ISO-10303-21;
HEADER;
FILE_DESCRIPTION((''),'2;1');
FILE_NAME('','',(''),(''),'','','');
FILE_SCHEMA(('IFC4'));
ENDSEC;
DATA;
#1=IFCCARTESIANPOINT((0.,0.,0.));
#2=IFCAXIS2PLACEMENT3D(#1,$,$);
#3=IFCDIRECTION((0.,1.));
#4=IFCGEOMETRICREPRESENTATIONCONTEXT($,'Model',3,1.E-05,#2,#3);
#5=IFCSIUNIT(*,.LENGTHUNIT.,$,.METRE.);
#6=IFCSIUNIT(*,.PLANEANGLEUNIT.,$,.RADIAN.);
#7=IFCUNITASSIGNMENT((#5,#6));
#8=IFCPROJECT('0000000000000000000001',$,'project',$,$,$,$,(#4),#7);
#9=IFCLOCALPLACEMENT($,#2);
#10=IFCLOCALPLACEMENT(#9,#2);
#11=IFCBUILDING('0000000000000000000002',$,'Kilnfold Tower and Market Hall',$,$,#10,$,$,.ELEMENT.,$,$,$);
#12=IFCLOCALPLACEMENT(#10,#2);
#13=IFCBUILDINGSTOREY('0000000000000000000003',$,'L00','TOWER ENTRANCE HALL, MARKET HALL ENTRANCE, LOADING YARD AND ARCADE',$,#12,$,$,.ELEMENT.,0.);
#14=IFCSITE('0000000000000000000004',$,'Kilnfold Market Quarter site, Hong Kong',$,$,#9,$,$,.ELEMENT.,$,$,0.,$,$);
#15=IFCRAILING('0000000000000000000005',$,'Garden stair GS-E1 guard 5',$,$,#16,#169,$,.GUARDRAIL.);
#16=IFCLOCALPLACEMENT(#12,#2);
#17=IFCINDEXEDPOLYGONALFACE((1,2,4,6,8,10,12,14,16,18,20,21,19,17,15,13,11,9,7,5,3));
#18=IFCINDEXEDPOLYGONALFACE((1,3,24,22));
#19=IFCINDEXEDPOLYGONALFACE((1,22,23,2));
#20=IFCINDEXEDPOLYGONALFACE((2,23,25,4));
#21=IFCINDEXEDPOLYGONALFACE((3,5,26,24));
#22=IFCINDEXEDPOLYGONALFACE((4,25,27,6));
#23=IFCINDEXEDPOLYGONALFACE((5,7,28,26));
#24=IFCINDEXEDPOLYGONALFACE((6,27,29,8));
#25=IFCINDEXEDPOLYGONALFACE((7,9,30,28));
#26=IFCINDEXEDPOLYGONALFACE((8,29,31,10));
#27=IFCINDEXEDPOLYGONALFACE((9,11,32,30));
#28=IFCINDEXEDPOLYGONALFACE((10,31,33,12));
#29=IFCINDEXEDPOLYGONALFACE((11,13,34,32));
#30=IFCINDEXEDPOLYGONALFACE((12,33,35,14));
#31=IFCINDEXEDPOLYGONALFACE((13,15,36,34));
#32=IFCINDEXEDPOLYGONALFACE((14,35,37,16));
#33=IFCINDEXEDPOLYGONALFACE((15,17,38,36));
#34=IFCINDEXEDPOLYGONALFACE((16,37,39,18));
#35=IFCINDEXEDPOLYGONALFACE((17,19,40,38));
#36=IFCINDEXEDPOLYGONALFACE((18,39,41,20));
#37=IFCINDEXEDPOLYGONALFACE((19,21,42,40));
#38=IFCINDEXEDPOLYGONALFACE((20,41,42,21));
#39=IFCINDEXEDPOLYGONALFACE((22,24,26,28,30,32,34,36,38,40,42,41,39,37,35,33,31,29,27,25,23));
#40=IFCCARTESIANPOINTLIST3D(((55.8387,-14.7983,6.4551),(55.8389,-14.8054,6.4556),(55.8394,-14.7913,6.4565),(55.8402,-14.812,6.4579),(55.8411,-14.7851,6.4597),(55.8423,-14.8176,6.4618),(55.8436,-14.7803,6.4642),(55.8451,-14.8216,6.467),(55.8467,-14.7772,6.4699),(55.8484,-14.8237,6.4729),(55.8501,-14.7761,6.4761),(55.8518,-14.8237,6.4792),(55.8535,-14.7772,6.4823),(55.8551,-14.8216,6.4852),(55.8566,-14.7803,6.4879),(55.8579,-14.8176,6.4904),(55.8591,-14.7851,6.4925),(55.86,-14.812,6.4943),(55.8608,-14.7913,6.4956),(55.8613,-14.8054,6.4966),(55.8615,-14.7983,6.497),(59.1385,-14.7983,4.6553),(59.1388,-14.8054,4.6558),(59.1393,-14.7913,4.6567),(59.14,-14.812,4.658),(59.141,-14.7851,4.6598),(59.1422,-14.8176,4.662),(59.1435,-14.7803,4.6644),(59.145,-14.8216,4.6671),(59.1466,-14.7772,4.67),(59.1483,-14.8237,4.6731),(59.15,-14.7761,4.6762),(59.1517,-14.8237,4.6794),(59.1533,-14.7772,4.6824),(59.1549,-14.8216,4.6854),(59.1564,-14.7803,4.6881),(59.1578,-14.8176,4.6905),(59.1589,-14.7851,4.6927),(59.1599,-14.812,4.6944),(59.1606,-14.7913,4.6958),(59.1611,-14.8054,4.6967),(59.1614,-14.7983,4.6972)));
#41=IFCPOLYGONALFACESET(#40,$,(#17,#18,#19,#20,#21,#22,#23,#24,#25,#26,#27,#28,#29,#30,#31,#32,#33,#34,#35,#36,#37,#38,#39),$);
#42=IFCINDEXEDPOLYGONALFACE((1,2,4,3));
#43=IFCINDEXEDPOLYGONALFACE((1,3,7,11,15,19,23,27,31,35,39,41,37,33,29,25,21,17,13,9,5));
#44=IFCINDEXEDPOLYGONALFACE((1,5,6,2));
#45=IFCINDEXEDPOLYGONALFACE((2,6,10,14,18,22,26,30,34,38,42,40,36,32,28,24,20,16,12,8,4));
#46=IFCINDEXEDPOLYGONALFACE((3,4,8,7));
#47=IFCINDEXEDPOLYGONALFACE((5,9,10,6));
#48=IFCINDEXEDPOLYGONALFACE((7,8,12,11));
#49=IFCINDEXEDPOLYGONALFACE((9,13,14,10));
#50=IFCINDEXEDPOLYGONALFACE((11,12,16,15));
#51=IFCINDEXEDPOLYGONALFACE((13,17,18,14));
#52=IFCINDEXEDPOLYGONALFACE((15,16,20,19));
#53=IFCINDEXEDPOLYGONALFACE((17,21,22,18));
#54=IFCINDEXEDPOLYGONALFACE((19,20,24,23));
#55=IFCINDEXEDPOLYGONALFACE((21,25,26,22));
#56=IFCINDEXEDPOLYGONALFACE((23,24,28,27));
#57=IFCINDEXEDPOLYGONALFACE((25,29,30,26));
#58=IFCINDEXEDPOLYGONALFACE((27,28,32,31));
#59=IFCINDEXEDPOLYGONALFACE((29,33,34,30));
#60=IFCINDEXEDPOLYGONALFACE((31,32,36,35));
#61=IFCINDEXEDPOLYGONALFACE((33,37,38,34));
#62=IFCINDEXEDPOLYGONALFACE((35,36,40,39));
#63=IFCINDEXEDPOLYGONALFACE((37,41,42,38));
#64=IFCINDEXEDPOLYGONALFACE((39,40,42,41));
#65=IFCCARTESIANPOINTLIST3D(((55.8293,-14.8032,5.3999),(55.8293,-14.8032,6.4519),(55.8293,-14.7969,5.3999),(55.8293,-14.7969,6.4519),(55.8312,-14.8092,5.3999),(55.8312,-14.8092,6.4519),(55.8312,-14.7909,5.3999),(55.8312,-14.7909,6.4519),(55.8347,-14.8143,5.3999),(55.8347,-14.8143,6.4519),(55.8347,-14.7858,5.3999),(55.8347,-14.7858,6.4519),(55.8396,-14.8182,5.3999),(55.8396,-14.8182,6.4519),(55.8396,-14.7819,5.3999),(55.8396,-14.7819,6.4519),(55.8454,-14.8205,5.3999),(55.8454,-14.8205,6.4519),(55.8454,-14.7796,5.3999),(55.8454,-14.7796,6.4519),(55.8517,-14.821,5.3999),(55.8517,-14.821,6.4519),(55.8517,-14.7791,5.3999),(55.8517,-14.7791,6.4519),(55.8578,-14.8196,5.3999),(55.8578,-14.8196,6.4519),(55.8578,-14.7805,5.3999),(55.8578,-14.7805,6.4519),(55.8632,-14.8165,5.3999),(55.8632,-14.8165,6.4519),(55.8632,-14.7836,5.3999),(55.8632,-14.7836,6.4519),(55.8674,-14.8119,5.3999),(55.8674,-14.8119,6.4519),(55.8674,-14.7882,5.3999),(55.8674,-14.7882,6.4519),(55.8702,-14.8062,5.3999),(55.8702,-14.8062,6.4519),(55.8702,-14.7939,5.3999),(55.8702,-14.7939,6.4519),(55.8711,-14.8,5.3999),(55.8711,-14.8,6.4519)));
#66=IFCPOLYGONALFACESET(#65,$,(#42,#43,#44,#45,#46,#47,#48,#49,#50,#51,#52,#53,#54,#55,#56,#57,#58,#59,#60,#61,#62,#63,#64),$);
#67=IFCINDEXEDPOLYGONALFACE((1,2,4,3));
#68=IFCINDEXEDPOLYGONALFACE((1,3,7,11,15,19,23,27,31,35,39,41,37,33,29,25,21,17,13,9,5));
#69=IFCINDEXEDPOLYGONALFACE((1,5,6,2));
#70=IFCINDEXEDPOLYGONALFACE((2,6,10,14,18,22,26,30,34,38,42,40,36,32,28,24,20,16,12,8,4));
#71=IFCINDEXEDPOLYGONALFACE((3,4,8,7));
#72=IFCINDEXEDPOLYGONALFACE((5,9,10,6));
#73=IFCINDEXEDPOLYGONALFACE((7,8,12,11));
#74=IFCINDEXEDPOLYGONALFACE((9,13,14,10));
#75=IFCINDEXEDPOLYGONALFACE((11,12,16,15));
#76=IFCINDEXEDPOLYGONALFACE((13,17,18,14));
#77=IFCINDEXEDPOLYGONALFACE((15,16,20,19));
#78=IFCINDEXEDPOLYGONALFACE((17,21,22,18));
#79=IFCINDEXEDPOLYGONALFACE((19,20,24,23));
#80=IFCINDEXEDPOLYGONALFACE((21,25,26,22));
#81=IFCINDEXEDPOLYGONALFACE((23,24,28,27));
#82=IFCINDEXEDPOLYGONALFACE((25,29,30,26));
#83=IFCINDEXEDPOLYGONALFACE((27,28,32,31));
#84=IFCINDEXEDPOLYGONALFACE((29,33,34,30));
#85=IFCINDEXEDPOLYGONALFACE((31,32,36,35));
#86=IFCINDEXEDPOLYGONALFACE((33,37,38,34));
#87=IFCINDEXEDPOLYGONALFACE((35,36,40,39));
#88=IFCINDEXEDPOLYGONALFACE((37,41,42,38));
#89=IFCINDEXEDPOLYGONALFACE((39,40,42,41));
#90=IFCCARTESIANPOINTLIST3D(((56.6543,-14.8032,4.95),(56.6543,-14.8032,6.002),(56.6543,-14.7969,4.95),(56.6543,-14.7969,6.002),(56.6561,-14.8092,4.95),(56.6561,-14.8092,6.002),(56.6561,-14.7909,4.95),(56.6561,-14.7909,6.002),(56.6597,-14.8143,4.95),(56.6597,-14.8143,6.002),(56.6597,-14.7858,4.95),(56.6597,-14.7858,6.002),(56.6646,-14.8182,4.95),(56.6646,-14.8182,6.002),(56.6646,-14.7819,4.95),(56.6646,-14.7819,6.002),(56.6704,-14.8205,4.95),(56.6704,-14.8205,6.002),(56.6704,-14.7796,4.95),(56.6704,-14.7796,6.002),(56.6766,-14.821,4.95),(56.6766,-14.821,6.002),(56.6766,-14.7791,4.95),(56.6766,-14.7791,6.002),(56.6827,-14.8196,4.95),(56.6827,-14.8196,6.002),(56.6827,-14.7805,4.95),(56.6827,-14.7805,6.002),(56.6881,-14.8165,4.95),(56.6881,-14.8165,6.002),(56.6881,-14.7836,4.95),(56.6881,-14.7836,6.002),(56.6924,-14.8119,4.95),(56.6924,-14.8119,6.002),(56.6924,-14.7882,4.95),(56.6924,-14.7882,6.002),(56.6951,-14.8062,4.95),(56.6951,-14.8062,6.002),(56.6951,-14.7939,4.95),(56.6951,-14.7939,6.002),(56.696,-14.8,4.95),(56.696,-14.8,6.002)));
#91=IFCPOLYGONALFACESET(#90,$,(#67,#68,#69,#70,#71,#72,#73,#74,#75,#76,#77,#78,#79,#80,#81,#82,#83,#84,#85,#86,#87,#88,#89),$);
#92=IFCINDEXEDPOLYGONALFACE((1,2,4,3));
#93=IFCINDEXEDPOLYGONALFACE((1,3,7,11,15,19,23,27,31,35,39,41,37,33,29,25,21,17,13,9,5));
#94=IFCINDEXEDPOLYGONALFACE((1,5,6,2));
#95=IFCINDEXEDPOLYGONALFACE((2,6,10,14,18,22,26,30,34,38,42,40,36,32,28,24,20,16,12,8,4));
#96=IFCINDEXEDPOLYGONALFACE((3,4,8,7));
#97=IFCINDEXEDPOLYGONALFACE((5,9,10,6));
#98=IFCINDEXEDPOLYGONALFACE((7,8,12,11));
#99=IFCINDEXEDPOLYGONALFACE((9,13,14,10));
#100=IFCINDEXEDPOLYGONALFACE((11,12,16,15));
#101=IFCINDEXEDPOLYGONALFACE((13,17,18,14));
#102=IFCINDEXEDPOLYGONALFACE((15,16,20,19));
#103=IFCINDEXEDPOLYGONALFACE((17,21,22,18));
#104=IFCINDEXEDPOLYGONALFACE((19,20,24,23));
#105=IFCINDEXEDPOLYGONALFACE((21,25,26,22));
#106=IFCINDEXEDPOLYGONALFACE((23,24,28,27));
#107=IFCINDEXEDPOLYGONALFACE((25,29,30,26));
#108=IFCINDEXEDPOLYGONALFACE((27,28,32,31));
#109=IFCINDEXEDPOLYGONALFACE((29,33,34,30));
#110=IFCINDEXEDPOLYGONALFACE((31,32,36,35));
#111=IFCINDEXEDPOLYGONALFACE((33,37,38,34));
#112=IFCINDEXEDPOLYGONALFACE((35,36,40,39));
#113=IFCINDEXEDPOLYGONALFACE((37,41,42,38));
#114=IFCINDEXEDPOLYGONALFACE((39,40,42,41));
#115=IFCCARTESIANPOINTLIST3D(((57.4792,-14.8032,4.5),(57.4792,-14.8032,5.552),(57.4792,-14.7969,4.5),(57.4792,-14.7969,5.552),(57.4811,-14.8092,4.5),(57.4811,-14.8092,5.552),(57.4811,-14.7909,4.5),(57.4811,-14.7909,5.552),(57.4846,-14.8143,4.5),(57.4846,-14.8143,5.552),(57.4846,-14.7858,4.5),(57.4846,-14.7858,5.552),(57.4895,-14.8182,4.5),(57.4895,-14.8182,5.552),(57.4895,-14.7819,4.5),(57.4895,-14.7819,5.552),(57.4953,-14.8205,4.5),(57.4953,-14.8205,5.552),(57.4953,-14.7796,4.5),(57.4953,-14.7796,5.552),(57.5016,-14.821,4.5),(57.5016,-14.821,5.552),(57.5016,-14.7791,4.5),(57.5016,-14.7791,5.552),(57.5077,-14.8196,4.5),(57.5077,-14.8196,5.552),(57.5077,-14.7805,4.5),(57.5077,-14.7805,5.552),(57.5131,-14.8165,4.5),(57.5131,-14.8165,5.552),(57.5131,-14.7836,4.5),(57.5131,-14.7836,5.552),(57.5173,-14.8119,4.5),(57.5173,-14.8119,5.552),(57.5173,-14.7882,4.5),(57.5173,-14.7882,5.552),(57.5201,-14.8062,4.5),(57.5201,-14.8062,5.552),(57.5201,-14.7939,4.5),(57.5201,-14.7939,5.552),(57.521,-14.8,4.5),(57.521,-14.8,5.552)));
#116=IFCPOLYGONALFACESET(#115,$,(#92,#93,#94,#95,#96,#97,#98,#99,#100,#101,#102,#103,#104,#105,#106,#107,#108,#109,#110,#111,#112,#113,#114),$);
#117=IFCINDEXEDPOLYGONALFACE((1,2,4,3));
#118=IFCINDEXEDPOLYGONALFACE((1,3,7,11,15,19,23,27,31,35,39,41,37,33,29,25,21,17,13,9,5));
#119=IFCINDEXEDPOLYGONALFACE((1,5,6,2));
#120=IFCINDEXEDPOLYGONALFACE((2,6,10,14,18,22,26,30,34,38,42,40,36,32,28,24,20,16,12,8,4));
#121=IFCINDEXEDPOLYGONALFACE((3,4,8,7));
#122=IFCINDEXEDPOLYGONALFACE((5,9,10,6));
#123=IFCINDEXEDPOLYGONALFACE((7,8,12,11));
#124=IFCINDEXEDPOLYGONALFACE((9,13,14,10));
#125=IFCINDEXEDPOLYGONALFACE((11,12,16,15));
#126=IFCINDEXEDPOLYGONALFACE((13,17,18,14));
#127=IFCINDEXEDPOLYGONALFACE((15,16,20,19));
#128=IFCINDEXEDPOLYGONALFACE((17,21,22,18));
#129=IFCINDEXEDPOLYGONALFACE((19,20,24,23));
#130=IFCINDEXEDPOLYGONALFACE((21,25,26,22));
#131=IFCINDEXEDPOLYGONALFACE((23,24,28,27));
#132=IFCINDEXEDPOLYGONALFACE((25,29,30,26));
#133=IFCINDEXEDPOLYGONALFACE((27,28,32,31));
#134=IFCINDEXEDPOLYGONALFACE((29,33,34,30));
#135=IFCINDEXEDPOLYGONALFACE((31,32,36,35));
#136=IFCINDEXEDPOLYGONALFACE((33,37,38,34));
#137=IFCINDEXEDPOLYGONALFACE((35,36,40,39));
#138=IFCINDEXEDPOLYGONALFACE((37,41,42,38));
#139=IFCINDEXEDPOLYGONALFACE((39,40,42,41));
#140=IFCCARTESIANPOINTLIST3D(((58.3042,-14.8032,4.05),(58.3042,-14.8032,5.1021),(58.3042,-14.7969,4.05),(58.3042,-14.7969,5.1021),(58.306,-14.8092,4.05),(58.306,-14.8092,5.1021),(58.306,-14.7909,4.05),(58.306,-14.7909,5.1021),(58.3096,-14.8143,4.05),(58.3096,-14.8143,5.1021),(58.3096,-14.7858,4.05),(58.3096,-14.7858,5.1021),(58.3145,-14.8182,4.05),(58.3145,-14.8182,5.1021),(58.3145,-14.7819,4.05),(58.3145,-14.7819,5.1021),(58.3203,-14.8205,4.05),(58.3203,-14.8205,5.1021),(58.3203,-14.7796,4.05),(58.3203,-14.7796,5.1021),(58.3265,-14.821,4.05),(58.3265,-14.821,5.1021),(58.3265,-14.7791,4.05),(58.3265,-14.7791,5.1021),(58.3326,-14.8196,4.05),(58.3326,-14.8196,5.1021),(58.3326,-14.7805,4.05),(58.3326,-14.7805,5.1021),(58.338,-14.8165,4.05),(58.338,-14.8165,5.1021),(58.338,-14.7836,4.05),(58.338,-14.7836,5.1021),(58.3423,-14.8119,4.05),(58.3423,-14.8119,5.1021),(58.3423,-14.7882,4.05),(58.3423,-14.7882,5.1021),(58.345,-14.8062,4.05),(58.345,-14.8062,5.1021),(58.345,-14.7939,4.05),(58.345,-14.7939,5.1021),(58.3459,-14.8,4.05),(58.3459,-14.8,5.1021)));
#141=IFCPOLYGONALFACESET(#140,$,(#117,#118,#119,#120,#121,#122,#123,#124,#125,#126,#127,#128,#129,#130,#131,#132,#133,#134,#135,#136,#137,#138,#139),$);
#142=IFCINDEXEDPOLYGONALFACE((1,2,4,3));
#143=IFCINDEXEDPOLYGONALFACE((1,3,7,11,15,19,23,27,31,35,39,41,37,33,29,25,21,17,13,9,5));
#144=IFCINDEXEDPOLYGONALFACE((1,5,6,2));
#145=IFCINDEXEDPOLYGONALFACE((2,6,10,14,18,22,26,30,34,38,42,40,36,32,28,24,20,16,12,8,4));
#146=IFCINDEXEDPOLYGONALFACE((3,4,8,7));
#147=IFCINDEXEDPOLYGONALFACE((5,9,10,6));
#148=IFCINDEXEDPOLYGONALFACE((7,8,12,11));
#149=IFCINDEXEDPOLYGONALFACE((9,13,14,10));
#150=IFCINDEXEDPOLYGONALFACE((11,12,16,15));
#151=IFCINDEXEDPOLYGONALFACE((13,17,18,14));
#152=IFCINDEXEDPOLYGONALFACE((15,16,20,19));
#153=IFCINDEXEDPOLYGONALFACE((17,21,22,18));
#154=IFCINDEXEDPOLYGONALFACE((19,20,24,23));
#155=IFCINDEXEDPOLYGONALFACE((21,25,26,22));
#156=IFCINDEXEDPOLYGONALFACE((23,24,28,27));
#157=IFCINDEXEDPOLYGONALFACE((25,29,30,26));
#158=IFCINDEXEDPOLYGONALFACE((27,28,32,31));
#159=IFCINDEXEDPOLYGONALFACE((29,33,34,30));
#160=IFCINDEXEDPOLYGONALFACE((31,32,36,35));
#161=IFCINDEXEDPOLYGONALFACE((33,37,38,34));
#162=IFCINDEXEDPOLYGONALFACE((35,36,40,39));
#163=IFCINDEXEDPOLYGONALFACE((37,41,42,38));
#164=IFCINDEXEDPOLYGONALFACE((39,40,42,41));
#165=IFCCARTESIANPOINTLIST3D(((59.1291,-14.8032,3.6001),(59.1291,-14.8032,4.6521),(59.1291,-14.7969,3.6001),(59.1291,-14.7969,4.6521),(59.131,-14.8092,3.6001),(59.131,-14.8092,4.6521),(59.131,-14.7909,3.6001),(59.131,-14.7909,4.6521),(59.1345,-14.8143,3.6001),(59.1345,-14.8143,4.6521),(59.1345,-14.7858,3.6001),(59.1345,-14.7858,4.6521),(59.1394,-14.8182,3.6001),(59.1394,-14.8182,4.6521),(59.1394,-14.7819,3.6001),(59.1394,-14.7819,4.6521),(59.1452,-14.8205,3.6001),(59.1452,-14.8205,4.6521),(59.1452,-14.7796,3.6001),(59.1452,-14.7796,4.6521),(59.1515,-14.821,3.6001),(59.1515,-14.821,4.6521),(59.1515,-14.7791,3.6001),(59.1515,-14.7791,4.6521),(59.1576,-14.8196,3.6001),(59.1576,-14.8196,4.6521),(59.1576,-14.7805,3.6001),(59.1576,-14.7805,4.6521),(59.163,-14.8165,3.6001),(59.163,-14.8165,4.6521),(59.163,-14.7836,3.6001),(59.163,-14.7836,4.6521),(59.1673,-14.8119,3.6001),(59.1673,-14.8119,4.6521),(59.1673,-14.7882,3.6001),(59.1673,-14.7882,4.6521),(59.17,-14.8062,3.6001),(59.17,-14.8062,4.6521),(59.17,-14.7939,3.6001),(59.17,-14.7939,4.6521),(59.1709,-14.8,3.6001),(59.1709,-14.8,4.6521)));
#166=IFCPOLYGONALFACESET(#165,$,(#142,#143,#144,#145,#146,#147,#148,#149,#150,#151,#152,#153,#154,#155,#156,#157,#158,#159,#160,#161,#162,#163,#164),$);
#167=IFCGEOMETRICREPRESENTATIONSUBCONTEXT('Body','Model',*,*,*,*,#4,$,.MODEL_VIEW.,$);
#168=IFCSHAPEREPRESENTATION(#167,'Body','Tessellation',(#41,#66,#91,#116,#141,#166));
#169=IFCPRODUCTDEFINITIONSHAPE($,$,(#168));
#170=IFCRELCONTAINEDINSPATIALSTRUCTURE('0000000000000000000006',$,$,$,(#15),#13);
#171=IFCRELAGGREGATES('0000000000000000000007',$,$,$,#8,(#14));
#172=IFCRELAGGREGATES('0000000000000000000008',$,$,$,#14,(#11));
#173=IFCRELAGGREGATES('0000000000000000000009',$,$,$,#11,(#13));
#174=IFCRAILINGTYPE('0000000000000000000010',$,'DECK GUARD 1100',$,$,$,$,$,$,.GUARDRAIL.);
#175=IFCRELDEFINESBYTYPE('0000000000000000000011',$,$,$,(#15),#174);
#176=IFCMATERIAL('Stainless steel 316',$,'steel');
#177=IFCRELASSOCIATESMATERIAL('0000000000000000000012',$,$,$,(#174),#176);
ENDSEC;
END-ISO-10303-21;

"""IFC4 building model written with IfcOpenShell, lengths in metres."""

from ifc_helpers import new_model, si_unit, direction, frame, origin, origin_2d, place, context, subcontext, project, spatial, circle, extrude, material, type_object, element, save


model = new_model("IFC4")

# Units and contexts
model_context = context("Model", 3, precision=1e-05, world=origin(), true_north=direction((0.0, 1.0)))
body_context = subcontext(model_context, "Body", "Model", "MODEL_VIEW")
ifc_project = project(units=[si_unit("LENGTHUNIT", "METRE"), si_unit("PLANEANGLEUNIT", "RADIAN")], contexts=[model_context])

# Site, building, storey
site_placement = place(None, origin())
site = spatial("IfcSite", under=ifc_project, at=site_placement, Name="Kilnfold Market Quarter site, Hong Kong", CompositionType="ELEMENT", RefElevation=0.0)
building_placement = place(site_placement, origin())
building = spatial("IfcBuilding", under=site, at=building_placement, Name="Kilnfold Tower and Market Hall", CompositionType="ELEMENT")
storey_placement = place(building_placement, origin())
storey = spatial("IfcBuildingStorey", under=building, at=storey_placement, Name="L00", Description="TOWER ENTRANCE HALL, MARKET HALL ENTRANCE, LOADING YARD AND ARCADE", CompositionType="ELEMENT", Elevation=0.0)

# Railing
ifc_material_1 = material(Name="Stainless steel 316", Category="steel")
railing_type_1 = type_object("IfcRailingType", Name="DECK GUARD 1100", PredefinedType="GUARDRAIL", material=ifc_material_1)
railing_1_placement = place(storey_placement, frame((55.8501, -14.8, 5.3999)))
element("IfcRailing", 1, at=railing_1_placement, inside=storey, type_object=railing_type_1, Name="Garden stair GS-E1 guard 5", PredefinedType="GUARDRAIL", context=body_context, shape_type="SweptSolid", body=[
    extrude(circle(Radius=0.0239, at=origin_2d()), frame((0.0, 0.0, 1.0762), z_axis=(0.877906, 0.0, -0.478834), x_axis=(0.0, 1.0, 0.0)), (0.0, 0.0, 1.0), 3.7588),
    extrude(circle(Radius=0.021, at=origin_2d()), origin(), (0.0, 0.0, 1.0), 1.052),
    extrude(circle(Radius=0.021, at=origin_2d()), frame((0.825, 0.0, -0.45)), (0.0, 0.0, 1.0), 1.052),
    extrude(circle(Radius=0.021, at=origin_2d()), frame((1.6499, 0.0, -0.8999)), (0.0, 0.0, 1.0), 1.052),
    extrude(circle(Radius=0.021, at=origin_2d()), frame((2.4749, 0.0, -1.3499)), (0.0, 0.0, 1.0), 1.052),
    extrude(circle(Radius=0.021, at=origin_2d()), frame((3.2998, 0.0, -1.7998)), (0.0, 0.0, 1.0), 1.052),
])

save(model, "model.ifc")
